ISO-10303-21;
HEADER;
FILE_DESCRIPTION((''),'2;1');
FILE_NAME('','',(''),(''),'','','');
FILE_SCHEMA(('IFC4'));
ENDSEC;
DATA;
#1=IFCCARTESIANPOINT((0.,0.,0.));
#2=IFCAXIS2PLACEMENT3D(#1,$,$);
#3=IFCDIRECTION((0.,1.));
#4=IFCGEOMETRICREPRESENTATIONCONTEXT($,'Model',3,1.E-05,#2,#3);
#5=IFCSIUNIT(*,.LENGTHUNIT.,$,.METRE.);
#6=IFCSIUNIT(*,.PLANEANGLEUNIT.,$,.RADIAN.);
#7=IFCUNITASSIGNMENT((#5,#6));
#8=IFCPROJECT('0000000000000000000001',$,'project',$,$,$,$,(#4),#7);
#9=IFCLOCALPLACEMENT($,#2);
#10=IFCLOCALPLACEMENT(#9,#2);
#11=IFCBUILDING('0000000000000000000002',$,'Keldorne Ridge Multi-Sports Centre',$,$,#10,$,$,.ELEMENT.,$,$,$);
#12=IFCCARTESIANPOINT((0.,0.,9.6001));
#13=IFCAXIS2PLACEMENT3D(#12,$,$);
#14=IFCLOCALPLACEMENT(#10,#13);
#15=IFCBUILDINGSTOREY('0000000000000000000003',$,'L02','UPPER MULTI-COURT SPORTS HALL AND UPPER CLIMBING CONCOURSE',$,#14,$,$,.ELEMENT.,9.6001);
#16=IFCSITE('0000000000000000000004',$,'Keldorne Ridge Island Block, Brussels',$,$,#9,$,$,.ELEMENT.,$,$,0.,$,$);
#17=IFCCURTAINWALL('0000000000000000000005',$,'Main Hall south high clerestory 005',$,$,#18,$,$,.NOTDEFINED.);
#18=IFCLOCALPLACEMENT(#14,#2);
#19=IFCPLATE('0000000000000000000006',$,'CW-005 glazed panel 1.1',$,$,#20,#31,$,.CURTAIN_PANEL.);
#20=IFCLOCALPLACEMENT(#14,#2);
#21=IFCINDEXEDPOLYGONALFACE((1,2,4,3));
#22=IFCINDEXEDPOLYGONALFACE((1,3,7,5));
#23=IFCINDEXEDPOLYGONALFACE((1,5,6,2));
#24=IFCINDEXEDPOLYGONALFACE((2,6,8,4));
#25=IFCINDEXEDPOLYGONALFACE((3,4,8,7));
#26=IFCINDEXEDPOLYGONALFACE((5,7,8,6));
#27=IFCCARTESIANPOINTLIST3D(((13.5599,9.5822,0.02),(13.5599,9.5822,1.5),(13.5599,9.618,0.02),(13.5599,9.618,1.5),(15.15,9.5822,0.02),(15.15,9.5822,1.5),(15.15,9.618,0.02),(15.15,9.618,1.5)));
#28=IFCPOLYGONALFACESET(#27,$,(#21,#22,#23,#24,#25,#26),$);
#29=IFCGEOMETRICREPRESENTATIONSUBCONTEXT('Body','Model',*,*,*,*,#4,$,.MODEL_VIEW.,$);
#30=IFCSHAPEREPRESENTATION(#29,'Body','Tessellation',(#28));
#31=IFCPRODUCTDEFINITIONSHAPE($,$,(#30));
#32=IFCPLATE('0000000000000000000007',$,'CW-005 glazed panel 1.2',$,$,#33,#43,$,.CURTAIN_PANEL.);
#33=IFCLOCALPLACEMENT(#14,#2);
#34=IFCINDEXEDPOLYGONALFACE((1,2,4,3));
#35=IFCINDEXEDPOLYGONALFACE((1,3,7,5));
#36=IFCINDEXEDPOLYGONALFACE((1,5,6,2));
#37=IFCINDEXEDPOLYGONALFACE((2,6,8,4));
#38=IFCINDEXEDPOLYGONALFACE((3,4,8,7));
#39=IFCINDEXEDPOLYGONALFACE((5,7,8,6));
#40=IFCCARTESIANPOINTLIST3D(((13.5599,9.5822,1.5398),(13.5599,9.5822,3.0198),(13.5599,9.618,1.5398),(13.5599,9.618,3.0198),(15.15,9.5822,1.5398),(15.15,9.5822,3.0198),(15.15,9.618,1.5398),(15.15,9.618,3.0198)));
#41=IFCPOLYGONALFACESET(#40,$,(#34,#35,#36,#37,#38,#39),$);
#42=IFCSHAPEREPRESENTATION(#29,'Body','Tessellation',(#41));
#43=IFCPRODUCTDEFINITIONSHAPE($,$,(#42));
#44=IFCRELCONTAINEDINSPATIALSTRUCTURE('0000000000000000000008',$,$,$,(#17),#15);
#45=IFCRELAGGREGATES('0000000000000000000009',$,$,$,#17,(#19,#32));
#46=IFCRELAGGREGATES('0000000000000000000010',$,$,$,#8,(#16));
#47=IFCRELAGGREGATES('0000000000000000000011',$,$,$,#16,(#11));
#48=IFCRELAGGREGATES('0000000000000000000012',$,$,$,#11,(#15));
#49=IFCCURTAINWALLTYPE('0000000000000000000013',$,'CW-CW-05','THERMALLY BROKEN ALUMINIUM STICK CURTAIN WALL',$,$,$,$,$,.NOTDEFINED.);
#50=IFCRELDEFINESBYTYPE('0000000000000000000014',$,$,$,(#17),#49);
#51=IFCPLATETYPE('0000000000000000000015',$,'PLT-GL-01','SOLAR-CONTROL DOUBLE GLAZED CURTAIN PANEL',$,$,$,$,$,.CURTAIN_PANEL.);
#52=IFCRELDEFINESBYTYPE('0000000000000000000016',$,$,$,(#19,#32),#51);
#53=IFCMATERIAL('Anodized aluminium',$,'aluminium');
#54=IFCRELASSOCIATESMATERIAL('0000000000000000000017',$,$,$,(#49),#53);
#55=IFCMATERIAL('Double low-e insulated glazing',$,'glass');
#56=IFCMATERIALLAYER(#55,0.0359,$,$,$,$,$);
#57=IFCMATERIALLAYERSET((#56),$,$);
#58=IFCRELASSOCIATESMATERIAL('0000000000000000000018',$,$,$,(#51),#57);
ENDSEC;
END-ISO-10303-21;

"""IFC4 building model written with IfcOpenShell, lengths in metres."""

from ifc_helpers import new_model, si_unit, direction, frame, origin, origin_2d, place, context, subcontext, project, spatial, rectangle, extrude, material, layer, layer_set, type_object, element, aggregate, save


model = new_model("IFC4")

# Units and contexts
model_context = context("Model", 3, precision=1e-05, world=origin(), true_north=direction((0.0, 1.0)))
body_context = subcontext(model_context, "Body", "Model", "MODEL_VIEW")
ifc_project = project(units=[si_unit("LENGTHUNIT", "METRE"), si_unit("PLANEANGLEUNIT", "RADIAN")], contexts=[model_context])

# Site, building, storey
site_placement = place(None, origin())
site = spatial("IfcSite", under=ifc_project, at=site_placement, Name="Keldorne Ridge Island Block, Brussels", CompositionType="ELEMENT", RefElevation=0.0)
building_placement = place(site_placement, origin())
building = spatial("IfcBuilding", under=site, at=building_placement, Name="Keldorne Ridge Multi-Sports Centre", CompositionType="ELEMENT")
storey_placement = place(building_placement, frame((0.0, 0.0, 9.6001)))
storey = spatial("IfcBuildingStorey", under=building, at=storey_placement, Name="L02", Description="UPPER MULTI-COURT SPORTS HALL AND UPPER CLIMBING CONCOURSE", CompositionType="ELEMENT", Elevation=9.6001)

# Curtain wall
ifc_material_1 = material(Name="Anodized aluminium", Category="aluminium")
curtain_wall_type_1 = type_object("IfcCurtainWallType", Name="CW-CW-05", Description="THERMALLY BROKEN ALUMINIUM STICK CURTAIN WALL", PredefinedType="NOTDEFINED", material=ifc_material_1)
curtain_wall_1_placement = place(storey_placement, origin())
curtain_wall_1 = element("IfcCurtainWall", 1, at=curtain_wall_1_placement, inside=storey, type_object=curtain_wall_type_1, Name="Main Hall south high clerestory 005", PredefinedType="NOTDEFINED")

# Plates
ifc_material_2 = material(Name="Double low-e insulated glazing", Category="glass")
ifc_layer = layer(ifc_material_2, 0.0359)
ifc_layer_set = layer_set([ifc_layer])
plate_type = type_object("IfcPlateType", Name="PLT-GL-01", Description="SOLAR-CONTROL DOUBLE GLAZED CURTAIN PANEL", PredefinedType="CURTAIN_PANEL", material=ifc_layer_set)
plate_1_placement = place(storey_placement, frame((14.355, 9.6001, 0.02), z_axis=(0.0, 0.0, 1.0), x_axis=(1.0, 0.0, 0.0)))
plate_1 = element("IfcPlate", 2, at=plate_1_placement, type_object=plate_type, Name="CW-005 glazed panel 1.1", PredefinedType="CURTAIN_PANEL", context=body_context, shape_type="SweptSolid", body=[
    extrude(rectangle(XDim=1.5901, YDim=0.0359, at=origin_2d()), origin(), (0.0, 0.0, 1.0), 1.48),
])
plate_2_placement = place(storey_placement, frame((14.355, 9.6001, 1.5398), z_axis=(0.0, 0.0, 1.0), x_axis=(1.0, 0.0, 0.0)))
plate_2 = element("IfcPlate", 3, at=plate_2_placement, type_object=plate_type, Name="CW-005 glazed panel 1.2", PredefinedType="CURTAIN_PANEL", context=body_context, shape_type="SweptSolid", body=[
    extrude(rectangle(XDim=1.5901, YDim=0.0359, at=origin_2d()), origin(), (0.0, 0.0, 1.0), 1.48),
])
aggregate(curtain_wall_1, [plate_1, plate_2])

save(model, "model.ifc")
